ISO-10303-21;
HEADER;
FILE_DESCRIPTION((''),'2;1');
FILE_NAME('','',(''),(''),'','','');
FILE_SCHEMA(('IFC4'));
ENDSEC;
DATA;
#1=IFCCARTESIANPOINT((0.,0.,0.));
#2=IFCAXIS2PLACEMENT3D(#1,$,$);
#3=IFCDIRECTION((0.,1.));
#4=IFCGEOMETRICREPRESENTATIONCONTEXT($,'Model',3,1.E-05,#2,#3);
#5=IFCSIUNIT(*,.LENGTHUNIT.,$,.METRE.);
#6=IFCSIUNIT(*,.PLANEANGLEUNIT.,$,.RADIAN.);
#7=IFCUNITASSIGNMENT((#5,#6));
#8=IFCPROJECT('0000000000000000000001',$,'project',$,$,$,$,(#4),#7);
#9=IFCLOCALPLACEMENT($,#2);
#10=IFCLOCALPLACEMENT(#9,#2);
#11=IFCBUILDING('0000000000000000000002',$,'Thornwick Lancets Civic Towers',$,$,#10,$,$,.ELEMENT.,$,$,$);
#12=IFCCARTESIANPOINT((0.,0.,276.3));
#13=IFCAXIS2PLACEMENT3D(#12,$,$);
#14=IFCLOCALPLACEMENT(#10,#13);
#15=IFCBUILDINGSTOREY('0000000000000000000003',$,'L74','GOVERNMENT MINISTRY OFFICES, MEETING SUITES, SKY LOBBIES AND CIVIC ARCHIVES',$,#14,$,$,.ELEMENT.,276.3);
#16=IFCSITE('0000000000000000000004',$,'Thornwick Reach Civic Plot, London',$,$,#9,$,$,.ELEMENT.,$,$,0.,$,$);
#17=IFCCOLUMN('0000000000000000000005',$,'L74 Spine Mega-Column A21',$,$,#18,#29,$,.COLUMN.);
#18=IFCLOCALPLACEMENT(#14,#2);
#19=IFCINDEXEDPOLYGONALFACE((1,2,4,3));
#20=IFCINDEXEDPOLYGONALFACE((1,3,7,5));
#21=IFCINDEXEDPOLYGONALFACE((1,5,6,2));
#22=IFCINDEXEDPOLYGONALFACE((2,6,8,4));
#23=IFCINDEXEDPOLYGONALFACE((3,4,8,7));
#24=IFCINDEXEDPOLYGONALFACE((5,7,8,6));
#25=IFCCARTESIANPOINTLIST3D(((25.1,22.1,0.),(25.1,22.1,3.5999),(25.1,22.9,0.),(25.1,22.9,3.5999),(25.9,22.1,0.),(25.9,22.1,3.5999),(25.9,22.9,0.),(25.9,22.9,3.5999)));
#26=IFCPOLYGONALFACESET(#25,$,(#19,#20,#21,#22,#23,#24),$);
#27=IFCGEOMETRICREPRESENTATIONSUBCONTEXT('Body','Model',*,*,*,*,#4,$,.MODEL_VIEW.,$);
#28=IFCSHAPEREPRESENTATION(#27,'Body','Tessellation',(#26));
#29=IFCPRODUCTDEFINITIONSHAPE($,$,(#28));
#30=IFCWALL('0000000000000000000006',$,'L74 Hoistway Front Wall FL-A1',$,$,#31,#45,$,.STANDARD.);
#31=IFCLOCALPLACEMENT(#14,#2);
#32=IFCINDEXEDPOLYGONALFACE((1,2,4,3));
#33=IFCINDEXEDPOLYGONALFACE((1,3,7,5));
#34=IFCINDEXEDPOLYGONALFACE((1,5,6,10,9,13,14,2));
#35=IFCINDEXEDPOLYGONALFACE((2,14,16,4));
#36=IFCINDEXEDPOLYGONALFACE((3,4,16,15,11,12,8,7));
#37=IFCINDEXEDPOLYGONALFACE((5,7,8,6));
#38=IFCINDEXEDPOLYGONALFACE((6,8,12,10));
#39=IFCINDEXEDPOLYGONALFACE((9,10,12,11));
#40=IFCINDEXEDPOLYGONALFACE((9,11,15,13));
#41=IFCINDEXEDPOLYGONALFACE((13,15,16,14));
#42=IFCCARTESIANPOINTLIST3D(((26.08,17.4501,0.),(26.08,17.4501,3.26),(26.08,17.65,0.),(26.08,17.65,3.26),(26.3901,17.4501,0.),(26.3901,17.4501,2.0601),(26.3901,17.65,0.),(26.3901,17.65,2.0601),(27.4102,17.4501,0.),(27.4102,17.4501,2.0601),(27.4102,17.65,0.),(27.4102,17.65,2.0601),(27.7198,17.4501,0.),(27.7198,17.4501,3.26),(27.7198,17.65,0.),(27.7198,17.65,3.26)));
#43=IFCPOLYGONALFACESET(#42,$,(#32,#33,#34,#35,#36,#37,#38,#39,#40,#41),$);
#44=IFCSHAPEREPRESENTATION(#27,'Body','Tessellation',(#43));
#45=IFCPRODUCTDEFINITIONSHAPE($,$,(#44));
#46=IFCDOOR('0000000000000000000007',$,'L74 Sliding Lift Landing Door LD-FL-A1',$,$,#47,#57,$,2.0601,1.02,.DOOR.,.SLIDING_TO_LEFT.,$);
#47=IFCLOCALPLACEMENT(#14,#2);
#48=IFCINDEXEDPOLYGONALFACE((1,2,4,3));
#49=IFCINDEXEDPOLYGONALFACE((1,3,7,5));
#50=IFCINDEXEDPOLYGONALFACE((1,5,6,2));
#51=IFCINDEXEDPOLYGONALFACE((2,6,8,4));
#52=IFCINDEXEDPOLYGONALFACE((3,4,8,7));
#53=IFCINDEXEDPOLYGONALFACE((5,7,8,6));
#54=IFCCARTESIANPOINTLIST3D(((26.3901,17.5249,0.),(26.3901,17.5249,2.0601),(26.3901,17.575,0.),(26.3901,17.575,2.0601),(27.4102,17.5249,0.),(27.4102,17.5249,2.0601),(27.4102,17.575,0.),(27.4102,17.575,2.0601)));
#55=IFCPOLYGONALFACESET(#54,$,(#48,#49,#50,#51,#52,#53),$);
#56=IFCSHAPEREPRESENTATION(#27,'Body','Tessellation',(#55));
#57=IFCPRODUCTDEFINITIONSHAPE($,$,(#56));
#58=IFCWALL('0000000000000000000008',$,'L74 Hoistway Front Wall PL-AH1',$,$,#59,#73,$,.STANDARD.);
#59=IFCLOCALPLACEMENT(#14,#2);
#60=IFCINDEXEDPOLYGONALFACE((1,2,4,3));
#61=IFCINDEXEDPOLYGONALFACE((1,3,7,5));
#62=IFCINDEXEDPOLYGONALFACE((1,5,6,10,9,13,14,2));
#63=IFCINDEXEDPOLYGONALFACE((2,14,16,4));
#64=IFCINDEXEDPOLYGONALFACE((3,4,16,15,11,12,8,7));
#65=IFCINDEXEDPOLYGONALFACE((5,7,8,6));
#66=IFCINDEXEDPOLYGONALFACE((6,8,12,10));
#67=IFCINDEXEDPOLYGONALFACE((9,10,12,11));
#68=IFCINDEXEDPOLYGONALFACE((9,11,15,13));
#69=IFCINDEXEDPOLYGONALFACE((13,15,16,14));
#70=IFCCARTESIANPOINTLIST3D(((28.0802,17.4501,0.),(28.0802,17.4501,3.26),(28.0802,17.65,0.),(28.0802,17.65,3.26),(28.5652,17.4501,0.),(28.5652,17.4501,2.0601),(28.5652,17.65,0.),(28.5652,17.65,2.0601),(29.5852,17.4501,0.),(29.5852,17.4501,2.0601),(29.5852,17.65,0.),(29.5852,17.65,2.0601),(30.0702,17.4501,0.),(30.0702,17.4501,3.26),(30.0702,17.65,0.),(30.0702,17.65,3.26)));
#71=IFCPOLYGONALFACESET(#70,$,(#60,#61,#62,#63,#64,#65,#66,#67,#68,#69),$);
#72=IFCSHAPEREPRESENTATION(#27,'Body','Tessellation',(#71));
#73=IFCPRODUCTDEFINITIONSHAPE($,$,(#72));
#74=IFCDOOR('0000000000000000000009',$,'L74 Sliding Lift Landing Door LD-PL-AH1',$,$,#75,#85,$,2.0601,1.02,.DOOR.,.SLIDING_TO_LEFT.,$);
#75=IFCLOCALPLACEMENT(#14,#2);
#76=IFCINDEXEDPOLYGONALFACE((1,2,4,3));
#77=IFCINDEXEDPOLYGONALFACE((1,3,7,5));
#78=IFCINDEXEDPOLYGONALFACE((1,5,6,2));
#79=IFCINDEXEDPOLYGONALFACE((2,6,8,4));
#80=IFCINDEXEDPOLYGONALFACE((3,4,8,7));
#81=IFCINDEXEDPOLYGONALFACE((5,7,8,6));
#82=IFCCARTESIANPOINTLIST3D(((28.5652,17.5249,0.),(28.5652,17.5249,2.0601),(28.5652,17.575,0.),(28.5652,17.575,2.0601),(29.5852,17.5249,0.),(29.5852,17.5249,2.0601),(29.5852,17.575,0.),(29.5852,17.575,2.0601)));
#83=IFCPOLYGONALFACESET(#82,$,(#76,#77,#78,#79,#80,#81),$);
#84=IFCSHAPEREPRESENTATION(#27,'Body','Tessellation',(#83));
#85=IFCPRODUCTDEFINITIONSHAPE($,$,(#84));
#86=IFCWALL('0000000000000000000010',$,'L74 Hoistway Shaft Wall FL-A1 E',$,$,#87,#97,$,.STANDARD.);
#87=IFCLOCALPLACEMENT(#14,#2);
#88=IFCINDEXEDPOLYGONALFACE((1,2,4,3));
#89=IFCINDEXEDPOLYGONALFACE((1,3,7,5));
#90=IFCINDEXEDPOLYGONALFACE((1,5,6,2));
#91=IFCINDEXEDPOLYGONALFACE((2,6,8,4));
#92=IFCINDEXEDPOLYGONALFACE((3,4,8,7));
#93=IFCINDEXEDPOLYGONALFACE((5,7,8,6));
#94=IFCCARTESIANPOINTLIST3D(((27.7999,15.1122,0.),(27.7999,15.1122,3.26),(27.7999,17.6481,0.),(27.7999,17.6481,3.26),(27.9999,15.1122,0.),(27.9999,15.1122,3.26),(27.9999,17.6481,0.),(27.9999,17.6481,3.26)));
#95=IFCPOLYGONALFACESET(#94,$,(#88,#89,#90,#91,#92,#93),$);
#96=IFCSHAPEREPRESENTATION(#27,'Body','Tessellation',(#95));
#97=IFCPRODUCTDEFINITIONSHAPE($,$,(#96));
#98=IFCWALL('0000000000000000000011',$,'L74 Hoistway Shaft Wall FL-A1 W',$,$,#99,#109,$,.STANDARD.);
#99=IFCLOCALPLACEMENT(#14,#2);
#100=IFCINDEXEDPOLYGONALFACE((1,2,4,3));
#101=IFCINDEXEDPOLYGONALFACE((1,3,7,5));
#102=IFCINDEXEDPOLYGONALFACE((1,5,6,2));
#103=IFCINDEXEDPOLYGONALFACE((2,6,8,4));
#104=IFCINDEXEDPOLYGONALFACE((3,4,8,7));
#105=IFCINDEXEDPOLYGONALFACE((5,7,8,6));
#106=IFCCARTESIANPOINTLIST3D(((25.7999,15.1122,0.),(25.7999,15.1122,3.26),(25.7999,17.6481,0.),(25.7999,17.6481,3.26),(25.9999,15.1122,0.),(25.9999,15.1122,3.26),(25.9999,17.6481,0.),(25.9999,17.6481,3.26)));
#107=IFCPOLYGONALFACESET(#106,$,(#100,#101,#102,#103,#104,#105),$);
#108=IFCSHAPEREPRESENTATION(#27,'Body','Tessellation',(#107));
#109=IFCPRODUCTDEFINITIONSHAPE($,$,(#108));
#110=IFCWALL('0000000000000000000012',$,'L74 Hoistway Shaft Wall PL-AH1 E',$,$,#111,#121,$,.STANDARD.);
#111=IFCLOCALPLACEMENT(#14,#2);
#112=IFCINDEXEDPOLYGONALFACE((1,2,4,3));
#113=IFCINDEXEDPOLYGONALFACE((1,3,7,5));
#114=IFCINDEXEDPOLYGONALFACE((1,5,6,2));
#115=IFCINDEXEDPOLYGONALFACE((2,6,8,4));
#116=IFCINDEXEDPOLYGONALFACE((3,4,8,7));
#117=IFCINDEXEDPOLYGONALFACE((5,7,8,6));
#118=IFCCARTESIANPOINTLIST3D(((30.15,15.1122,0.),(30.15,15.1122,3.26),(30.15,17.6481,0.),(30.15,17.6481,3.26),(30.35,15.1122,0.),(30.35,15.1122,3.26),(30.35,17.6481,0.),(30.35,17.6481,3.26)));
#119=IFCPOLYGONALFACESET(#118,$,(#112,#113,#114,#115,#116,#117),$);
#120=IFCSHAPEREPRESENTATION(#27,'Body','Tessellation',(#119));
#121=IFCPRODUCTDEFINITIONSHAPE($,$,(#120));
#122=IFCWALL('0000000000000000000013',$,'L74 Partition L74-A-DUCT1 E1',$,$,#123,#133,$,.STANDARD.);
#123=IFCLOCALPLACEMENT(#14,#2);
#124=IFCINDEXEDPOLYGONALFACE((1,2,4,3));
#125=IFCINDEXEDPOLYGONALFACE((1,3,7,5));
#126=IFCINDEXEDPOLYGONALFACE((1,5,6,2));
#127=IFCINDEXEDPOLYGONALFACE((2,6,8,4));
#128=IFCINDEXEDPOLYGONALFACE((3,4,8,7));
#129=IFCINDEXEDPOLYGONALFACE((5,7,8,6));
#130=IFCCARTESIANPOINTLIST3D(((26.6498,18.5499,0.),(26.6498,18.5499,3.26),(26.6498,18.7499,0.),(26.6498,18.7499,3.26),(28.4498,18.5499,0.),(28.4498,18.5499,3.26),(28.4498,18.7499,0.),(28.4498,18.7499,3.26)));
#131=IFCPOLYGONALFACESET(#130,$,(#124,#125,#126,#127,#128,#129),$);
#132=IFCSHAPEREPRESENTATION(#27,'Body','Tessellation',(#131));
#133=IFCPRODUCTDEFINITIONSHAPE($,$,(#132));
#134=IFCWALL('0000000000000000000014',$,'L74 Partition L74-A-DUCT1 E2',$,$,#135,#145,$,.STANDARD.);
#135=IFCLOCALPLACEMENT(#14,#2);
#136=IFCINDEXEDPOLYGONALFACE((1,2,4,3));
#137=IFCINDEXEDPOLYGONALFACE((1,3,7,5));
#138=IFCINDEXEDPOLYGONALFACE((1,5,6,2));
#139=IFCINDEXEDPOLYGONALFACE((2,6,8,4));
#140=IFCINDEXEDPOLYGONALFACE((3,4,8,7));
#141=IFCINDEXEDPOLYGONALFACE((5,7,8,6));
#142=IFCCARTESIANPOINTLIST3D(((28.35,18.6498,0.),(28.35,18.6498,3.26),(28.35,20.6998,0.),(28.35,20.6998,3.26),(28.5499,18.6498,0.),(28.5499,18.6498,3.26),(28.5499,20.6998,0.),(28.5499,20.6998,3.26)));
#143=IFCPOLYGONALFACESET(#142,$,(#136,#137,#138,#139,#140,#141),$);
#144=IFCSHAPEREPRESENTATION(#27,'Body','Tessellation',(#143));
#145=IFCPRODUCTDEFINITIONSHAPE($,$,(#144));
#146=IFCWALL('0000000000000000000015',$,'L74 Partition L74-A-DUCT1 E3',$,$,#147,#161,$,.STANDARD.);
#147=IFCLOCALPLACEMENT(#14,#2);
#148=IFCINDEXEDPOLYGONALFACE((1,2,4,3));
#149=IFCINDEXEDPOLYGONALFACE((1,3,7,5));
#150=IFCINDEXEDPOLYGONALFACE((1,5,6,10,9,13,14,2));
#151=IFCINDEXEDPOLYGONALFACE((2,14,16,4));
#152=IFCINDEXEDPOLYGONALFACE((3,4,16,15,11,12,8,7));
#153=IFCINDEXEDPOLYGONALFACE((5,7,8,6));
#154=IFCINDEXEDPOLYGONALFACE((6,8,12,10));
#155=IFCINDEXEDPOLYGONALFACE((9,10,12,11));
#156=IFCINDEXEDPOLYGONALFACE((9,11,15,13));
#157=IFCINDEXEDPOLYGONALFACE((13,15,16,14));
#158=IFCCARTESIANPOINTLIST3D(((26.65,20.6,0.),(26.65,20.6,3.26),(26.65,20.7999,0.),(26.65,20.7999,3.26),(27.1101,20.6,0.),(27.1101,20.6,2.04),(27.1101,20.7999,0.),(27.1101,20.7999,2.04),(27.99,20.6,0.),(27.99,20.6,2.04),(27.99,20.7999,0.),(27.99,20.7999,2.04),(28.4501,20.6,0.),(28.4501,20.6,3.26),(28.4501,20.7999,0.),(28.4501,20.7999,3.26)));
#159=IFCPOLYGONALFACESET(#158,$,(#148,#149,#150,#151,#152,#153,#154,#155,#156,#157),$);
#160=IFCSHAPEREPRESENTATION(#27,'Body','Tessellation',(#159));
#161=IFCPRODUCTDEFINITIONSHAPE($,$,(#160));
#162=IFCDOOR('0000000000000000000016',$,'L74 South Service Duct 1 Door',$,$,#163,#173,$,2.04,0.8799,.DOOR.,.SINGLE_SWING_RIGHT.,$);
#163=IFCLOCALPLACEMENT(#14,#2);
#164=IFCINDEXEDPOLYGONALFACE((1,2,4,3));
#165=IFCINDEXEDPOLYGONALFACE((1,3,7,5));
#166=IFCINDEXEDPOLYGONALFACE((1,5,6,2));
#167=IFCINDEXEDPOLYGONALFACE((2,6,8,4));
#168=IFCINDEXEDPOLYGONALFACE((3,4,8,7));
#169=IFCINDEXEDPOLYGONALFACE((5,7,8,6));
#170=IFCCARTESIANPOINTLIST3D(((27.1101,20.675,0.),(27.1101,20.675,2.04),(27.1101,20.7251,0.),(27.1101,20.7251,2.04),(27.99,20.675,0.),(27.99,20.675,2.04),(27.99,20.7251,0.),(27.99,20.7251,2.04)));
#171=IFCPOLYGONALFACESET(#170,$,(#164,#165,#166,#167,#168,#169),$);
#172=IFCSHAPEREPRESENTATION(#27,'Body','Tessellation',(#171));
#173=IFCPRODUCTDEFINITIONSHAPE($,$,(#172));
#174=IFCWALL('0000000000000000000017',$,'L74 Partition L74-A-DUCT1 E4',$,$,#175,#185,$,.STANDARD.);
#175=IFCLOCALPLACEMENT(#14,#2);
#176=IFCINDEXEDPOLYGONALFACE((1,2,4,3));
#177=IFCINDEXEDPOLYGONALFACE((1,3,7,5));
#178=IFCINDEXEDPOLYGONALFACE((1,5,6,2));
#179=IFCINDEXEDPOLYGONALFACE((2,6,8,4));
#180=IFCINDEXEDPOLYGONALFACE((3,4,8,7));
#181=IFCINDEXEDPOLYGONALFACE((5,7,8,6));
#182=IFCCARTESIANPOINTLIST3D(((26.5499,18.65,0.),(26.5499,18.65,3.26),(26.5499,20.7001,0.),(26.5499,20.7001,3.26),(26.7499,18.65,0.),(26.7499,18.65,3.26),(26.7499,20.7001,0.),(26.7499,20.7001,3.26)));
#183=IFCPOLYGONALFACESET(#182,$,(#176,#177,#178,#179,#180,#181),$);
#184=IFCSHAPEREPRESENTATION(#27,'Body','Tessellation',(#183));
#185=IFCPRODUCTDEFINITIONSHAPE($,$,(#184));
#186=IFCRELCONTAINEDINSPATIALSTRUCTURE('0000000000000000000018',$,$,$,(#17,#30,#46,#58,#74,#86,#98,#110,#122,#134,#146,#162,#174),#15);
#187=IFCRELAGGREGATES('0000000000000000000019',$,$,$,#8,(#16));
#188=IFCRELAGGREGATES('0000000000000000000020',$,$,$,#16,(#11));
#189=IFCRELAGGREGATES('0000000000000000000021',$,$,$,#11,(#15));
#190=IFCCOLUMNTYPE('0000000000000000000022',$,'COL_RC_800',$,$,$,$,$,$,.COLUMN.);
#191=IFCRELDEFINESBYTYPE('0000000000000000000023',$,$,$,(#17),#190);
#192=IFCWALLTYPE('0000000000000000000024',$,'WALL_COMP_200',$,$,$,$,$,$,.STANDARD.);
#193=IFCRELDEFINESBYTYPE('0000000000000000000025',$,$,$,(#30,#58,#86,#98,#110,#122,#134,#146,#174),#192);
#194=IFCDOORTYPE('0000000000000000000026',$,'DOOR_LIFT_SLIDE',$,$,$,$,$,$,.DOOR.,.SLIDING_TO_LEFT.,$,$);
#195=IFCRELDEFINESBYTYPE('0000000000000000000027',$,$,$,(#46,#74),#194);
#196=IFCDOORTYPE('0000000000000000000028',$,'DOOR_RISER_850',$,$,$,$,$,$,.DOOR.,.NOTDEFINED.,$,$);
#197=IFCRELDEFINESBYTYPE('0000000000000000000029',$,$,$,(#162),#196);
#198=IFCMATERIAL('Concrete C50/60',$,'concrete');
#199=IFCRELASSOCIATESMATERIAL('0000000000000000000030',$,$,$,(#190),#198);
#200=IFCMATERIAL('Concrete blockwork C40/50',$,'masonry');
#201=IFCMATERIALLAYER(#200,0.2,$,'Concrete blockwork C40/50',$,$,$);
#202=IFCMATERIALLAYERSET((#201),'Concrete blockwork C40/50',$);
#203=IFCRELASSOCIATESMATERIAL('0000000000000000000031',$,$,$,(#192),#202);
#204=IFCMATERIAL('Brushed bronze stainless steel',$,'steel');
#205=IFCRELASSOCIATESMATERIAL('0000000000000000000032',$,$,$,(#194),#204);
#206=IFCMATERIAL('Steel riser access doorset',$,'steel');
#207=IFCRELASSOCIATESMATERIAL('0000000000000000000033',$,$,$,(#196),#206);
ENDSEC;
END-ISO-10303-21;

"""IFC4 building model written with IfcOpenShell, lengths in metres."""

from ifc_helpers import new_model, si_unit, direction, frame, frame_2d, origin, origin_2d, place, context, subcontext, project, spatial, rectangle, extrude, material, layer, layer_set, material_profile, profile_set, type_object, element, fill, save


model = new_model("IFC4")

# Units and contexts
model_context = context("Model", 3, precision=1e-05, world=origin(), true_north=direction((0.0, 1.0)))
body_context = subcontext(model_context, "Body", "Model", "MODEL_VIEW")
ifc_project = project(units=[si_unit("LENGTHUNIT", "METRE"), si_unit("PLANEANGLEUNIT", "RADIAN")], contexts=[model_context])

# Site, building, storey
site_placement = place(None, origin())
site = spatial("IfcSite", under=ifc_project, at=site_placement, Name="Thornwick Reach Civic Plot, London", CompositionType="ELEMENT", RefElevation=0.0)
building_placement = place(site_placement, origin())
building = spatial("IfcBuilding", under=site, at=building_placement, Name="Thornwick Lancets Civic Towers", CompositionType="ELEMENT")
storey_placement = place(building_placement, frame((0.0, 0.0, 276.3)))
storey = spatial("IfcBuildingStorey", under=building, at=storey_placement, Name="L74", Description="GOVERNMENT MINISTRY OFFICES, MEETING SUITES, SKY LOBBIES AND CIVIC ARCHIVES", CompositionType="ELEMENT", Elevation=276.3)

# Column
ifc_material_1 = material(Name="Concrete C50/60", Category="concrete")
ifc_material_profile = material_profile(ifc_material_1, rectangle(XDim=0.8, YDim=0.8, at=origin_2d()), Name="RC 800x800")
ifc_profile_set = profile_set([ifc_material_profile], Name="Concrete C50/60")
column_type = type_object("IfcColumnType", Name="COL_RC_800", PredefinedType="COLUMN", material=ifc_profile_set)
column_placement = place(storey_placement, frame((25.5, 22.5, 0.0), z_axis=(0.0, 0.0, 1.0), x_axis=(1.0, 0.0, 0.0)))
element("IfcColumn", 1, at=column_placement, inside=storey, type_object=column_type, Name="L74 Spine Mega-Column A21", PredefinedType="COLUMN", context=body_context, shape_type="SweptSolid", body=[
    extrude(rectangle(XDim=0.8, YDim=0.8, at=origin_2d()), origin(), (0.0, 0.0, 1.0), 3.5999),
])

# Walls, openings, doors
ifc_material_2 = material(Name="Concrete blockwork C40/50", Category="masonry")
ifc_layer_1 = layer(ifc_material_2, 0.2, Name="Concrete blockwork C40/50")
ifc_layer_set_1 = layer_set([ifc_layer_1], Name="Concrete blockwork C40/50")
wall_type_1 = type_object("IfcWallType", Name="WALL_COMP_200", PredefinedType="STANDARD", material=ifc_layer_set_1)
wall_1_placement = place(storey_placement, frame((26.0801, 17.55, 0.0), z_axis=(0.0, 0.0, 1.0), x_axis=(1.0, 0.0, 0.0)))
wall_1 = element("IfcWall", 2, at=wall_1_placement, inside=storey, type_object=wall_type_1, Name="L74 Hoistway Front Wall FL-A1", PredefinedType="STANDARD", context=body_context, shape_type="SweptSolid", body=[
    extrude(rectangle(XDim=1.6399, YDim=0.2, at=frame_2d((0.8198, 0.0))), origin(), (0.0, 0.0, 1.0), 3.26),
])
opening_1_placement = place(wall_1_placement, frame((0.3101, 0.0, 0.0)))
opening_1 = element("IfcOpeningElement", 3, at=opening_1_placement, cuts=wall_1, PredefinedType="OPENING", context=body_context, shape_type="SweptSolid", body=[
    extrude(rectangle(XDim=1.02, YDim=2.0601, at=frame_2d((0.51, 1.03))), frame((0.0, 0.1099, 0.0), z_axis=(0.0, -1.0, 0.0), x_axis=(1.0, 0.0, 0.0)), (0.0, 0.0, 1.0), 0.22),
])
ifc_material_3 = material(Name="Brushed bronze stainless steel", Category="steel")
door_type_1 = type_object("IfcDoorType", Name="DOOR_LIFT_SLIDE", OperationType="SLIDING_TO_LEFT", PredefinedType="DOOR", material=ifc_material_3)
door_1_placement = place(opening_1_placement, origin())
door_1 = element("IfcDoor", 4, at=door_1_placement, inside=storey, type_object=door_type_1, Name="L74 Sliding Lift Landing Door LD-FL-A1", OperationType="SLIDING_TO_LEFT", OverallHeight=2.0601, OverallWidth=1.02, PredefinedType="DOOR", context=body_context, shape_type="SweptSolid", body=[
    extrude(rectangle(XDim=1.02, YDim=2.0601, at=frame_2d((0.51, 1.03))), frame((0.0, 0.0249, 0.0), z_axis=(0.0, -1.0, 0.0), x_axis=(1.0, 0.0, 0.0)), (0.0, 0.0, 1.0), 0.05),
])
fill(opening_1, door_1)
wall_2_placement = place(storey_placement, frame((28.0801, 17.55, 0.0), z_axis=(0.0, 0.0, 1.0), x_axis=(1.0, 0.0, 0.0)))
wall_2 = element("IfcWall", 5, at=wall_2_placement, inside=storey, type_object=wall_type_1, Name="L74 Hoistway Front Wall PL-AH1", PredefinedType="STANDARD", context=body_context, shape_type="SweptSolid", body=[
    extrude(rectangle(XDim=1.99, YDim=0.2, at=frame_2d((0.9951, 0.0))), origin(), (0.0, 0.0, 1.0), 3.26),
])
opening_2_placement = place(wall_2_placement, frame((0.4851, 0.0, 0.0)))
opening_2 = element("IfcOpeningElement", 6, at=opening_2_placement, cuts=wall_2, PredefinedType="OPENING", context=body_context, shape_type="SweptSolid", body=[
    extrude(rectangle(XDim=1.02, YDim=2.0601, at=frame_2d((0.51, 1.03))), frame((0.0, 0.1099, 0.0), z_axis=(0.0, -1.0, 0.0), x_axis=(1.0, 0.0, 0.0)), (0.0, 0.0, 1.0), 0.22),
])
door_2_placement = place(opening_2_placement, origin())
door_2 = element("IfcDoor", 7, at=door_2_placement, inside=storey, type_object=door_type_1, Name="L74 Sliding Lift Landing Door LD-PL-AH1", OperationType="SLIDING_TO_LEFT", OverallHeight=2.0601, OverallWidth=1.02, PredefinedType="DOOR", context=body_context, shape_type="SweptSolid", body=[
    extrude(rectangle(XDim=1.02, YDim=2.0601, at=frame_2d((0.51, 1.03))), frame((0.0, 0.0249, 0.0), z_axis=(0.0, -1.0, 0.0), x_axis=(1.0, 0.0, 0.0)), (0.0, 0.0, 1.0), 0.05),
])
fill(opening_2, door_2)

# Walls
for number, where, z_axis, x_axis, name in (
    (8, (27.8999, 15.1121, 0.0), (0.0, 0.0, 1.0), (0.0, 1.0, 0.0), "L74 Hoistway Shaft Wall FL-A1 E"),
    (9, (25.8999, 15.1121, 0.0), (0.0, 0.0, 1.0), (0.0, 1.0, 0.0), "L74 Hoistway Shaft Wall FL-A1 W"),
    (10, (30.25, 15.1121, 0.0), (0.0, 0.0, 1.0), (0.0, 1.0, 0.0), "L74 Hoistway Shaft Wall PL-AH1 E"),
):
    element("IfcWall", number, at=place(storey_placement, frame(where, z_axis=z_axis, x_axis=x_axis)), inside=storey, type_object=wall_type_1, Name=name, PredefinedType="STANDARD", context=body_context, shape_type="SweptSolid", body=[
        extrude(rectangle(XDim=2.5359, YDim=0.2, at=frame_2d((1.2681, 0.0))), origin(), (0.0, 0.0, 1.0), 3.26),
    ])
wall_3_placement = place(storey_placement, frame((26.6499, 18.6499, 0.0), z_axis=(0.0, 0.0, 1.0), x_axis=(1.0, 0.0, 0.0)))
element("IfcWall", 11, at=wall_3_placement, inside=storey, type_object=wall_type_1, Name="L74 Partition L74-A-DUCT1 E1", PredefinedType="STANDARD", context=body_context, shape_type="SweptSolid", body=[
    extrude(rectangle(XDim=1.8, YDim=0.2, at=frame_2d((0.8999, 0.0))), origin(), (0.0, 0.0, 1.0), 3.26),
])
wall_4_placement = place(storey_placement, frame((28.45, 18.6499, 0.0), z_axis=(0.0, 0.0, 1.0), x_axis=(0.0, 1.0, 0.0)))
element("IfcWall", 12, at=wall_4_placement, inside=storey, type_object=wall_type_1, Name="L74 Partition L74-A-DUCT1 E2", PredefinedType="STANDARD", context=body_context, shape_type="SweptSolid", body=[
    extrude(rectangle(XDim=2.05, YDim=0.2, at=frame_2d((1.0249, 0.0))), origin(), (0.0, 0.0, 1.0), 3.26),
])

# Wall, opening, door
wall_5_placement = place(storey_placement, frame((28.45, 20.7, 0.0), z_axis=(0.0, 0.0, 1.0), x_axis=(-1.0, 0.0, 0.0)))
wall_5 = element("IfcWall", 13, at=wall_5_placement, inside=storey, type_object=wall_type_1, Name="L74 Partition L74-A-DUCT1 E3", PredefinedType="STANDARD", context=body_context, shape_type="SweptSolid", body=[
    extrude(rectangle(XDim=1.8, YDim=0.2, at=frame_2d((0.8999, 0.0))), origin(), (0.0, 0.0, 1.0), 3.26),
])
opening_3_placement = place(wall_5_placement, frame((0.46, 0.0, 0.0)))
opening_3 = element("IfcOpeningElement", 14, at=opening_3_placement, cuts=wall_5, PredefinedType="OPENING", context=body_context, shape_type="SweptSolid", body=[
    extrude(rectangle(XDim=0.8799, YDim=2.04, at=frame_2d((0.4399, 1.02))), frame((0.0, 0.1099, 0.0), z_axis=(0.0, -1.0, 0.0), x_axis=(1.0, 0.0, 0.0)), (0.0, 0.0, 1.0), 0.22),
])
ifc_material_4 = material(Name="Steel riser access doorset", Category="steel")
door_type_2 = type_object("IfcDoorType", Name="DOOR_RISER_850", OperationType="NOTDEFINED", PredefinedType="DOOR", material=ifc_material_4)
door_3_placement = place(opening_3_placement, origin())
door_3 = element("IfcDoor", 15, at=door_3_placement, inside=storey, type_object=door_type_2, Name="L74 South Service Duct 1 Door", OperationType="SINGLE_SWING_RIGHT", OverallHeight=2.04, OverallWidth=0.8799, PredefinedType="DOOR", context=body_context, shape_type="SweptSolid", body=[
    extrude(rectangle(XDim=0.8799, YDim=2.04, at=frame_2d((0.4399, 1.02))), frame((0.0, 0.0249, 0.0), z_axis=(0.0, -1.0, 0.0), x_axis=(1.0, 0.0, 0.0)), (0.0, 0.0, 1.0), 0.05),
])
fill(opening_3, door_3)

# Wall
wall_6_placement = place(storey_placement, frame((26.6499, 20.7, 0.0), z_axis=(0.0, 0.0, 1.0), x_axis=(0.0, -1.0, 0.0)))
element("IfcWall", 16, at=wall_6_placement, inside=storey, type_object=wall_type_1, Name="L74 Partition L74-A-DUCT1 E4", PredefinedType="STANDARD", context=body_context, shape_type="SweptSolid", body=[
    extrude(rectangle(XDim=2.05, YDim=0.2, at=frame_2d((1.0249, 0.0))), origin(), (0.0, 0.0, 1.0), 3.26),
])

save(model, "model.ifc")
